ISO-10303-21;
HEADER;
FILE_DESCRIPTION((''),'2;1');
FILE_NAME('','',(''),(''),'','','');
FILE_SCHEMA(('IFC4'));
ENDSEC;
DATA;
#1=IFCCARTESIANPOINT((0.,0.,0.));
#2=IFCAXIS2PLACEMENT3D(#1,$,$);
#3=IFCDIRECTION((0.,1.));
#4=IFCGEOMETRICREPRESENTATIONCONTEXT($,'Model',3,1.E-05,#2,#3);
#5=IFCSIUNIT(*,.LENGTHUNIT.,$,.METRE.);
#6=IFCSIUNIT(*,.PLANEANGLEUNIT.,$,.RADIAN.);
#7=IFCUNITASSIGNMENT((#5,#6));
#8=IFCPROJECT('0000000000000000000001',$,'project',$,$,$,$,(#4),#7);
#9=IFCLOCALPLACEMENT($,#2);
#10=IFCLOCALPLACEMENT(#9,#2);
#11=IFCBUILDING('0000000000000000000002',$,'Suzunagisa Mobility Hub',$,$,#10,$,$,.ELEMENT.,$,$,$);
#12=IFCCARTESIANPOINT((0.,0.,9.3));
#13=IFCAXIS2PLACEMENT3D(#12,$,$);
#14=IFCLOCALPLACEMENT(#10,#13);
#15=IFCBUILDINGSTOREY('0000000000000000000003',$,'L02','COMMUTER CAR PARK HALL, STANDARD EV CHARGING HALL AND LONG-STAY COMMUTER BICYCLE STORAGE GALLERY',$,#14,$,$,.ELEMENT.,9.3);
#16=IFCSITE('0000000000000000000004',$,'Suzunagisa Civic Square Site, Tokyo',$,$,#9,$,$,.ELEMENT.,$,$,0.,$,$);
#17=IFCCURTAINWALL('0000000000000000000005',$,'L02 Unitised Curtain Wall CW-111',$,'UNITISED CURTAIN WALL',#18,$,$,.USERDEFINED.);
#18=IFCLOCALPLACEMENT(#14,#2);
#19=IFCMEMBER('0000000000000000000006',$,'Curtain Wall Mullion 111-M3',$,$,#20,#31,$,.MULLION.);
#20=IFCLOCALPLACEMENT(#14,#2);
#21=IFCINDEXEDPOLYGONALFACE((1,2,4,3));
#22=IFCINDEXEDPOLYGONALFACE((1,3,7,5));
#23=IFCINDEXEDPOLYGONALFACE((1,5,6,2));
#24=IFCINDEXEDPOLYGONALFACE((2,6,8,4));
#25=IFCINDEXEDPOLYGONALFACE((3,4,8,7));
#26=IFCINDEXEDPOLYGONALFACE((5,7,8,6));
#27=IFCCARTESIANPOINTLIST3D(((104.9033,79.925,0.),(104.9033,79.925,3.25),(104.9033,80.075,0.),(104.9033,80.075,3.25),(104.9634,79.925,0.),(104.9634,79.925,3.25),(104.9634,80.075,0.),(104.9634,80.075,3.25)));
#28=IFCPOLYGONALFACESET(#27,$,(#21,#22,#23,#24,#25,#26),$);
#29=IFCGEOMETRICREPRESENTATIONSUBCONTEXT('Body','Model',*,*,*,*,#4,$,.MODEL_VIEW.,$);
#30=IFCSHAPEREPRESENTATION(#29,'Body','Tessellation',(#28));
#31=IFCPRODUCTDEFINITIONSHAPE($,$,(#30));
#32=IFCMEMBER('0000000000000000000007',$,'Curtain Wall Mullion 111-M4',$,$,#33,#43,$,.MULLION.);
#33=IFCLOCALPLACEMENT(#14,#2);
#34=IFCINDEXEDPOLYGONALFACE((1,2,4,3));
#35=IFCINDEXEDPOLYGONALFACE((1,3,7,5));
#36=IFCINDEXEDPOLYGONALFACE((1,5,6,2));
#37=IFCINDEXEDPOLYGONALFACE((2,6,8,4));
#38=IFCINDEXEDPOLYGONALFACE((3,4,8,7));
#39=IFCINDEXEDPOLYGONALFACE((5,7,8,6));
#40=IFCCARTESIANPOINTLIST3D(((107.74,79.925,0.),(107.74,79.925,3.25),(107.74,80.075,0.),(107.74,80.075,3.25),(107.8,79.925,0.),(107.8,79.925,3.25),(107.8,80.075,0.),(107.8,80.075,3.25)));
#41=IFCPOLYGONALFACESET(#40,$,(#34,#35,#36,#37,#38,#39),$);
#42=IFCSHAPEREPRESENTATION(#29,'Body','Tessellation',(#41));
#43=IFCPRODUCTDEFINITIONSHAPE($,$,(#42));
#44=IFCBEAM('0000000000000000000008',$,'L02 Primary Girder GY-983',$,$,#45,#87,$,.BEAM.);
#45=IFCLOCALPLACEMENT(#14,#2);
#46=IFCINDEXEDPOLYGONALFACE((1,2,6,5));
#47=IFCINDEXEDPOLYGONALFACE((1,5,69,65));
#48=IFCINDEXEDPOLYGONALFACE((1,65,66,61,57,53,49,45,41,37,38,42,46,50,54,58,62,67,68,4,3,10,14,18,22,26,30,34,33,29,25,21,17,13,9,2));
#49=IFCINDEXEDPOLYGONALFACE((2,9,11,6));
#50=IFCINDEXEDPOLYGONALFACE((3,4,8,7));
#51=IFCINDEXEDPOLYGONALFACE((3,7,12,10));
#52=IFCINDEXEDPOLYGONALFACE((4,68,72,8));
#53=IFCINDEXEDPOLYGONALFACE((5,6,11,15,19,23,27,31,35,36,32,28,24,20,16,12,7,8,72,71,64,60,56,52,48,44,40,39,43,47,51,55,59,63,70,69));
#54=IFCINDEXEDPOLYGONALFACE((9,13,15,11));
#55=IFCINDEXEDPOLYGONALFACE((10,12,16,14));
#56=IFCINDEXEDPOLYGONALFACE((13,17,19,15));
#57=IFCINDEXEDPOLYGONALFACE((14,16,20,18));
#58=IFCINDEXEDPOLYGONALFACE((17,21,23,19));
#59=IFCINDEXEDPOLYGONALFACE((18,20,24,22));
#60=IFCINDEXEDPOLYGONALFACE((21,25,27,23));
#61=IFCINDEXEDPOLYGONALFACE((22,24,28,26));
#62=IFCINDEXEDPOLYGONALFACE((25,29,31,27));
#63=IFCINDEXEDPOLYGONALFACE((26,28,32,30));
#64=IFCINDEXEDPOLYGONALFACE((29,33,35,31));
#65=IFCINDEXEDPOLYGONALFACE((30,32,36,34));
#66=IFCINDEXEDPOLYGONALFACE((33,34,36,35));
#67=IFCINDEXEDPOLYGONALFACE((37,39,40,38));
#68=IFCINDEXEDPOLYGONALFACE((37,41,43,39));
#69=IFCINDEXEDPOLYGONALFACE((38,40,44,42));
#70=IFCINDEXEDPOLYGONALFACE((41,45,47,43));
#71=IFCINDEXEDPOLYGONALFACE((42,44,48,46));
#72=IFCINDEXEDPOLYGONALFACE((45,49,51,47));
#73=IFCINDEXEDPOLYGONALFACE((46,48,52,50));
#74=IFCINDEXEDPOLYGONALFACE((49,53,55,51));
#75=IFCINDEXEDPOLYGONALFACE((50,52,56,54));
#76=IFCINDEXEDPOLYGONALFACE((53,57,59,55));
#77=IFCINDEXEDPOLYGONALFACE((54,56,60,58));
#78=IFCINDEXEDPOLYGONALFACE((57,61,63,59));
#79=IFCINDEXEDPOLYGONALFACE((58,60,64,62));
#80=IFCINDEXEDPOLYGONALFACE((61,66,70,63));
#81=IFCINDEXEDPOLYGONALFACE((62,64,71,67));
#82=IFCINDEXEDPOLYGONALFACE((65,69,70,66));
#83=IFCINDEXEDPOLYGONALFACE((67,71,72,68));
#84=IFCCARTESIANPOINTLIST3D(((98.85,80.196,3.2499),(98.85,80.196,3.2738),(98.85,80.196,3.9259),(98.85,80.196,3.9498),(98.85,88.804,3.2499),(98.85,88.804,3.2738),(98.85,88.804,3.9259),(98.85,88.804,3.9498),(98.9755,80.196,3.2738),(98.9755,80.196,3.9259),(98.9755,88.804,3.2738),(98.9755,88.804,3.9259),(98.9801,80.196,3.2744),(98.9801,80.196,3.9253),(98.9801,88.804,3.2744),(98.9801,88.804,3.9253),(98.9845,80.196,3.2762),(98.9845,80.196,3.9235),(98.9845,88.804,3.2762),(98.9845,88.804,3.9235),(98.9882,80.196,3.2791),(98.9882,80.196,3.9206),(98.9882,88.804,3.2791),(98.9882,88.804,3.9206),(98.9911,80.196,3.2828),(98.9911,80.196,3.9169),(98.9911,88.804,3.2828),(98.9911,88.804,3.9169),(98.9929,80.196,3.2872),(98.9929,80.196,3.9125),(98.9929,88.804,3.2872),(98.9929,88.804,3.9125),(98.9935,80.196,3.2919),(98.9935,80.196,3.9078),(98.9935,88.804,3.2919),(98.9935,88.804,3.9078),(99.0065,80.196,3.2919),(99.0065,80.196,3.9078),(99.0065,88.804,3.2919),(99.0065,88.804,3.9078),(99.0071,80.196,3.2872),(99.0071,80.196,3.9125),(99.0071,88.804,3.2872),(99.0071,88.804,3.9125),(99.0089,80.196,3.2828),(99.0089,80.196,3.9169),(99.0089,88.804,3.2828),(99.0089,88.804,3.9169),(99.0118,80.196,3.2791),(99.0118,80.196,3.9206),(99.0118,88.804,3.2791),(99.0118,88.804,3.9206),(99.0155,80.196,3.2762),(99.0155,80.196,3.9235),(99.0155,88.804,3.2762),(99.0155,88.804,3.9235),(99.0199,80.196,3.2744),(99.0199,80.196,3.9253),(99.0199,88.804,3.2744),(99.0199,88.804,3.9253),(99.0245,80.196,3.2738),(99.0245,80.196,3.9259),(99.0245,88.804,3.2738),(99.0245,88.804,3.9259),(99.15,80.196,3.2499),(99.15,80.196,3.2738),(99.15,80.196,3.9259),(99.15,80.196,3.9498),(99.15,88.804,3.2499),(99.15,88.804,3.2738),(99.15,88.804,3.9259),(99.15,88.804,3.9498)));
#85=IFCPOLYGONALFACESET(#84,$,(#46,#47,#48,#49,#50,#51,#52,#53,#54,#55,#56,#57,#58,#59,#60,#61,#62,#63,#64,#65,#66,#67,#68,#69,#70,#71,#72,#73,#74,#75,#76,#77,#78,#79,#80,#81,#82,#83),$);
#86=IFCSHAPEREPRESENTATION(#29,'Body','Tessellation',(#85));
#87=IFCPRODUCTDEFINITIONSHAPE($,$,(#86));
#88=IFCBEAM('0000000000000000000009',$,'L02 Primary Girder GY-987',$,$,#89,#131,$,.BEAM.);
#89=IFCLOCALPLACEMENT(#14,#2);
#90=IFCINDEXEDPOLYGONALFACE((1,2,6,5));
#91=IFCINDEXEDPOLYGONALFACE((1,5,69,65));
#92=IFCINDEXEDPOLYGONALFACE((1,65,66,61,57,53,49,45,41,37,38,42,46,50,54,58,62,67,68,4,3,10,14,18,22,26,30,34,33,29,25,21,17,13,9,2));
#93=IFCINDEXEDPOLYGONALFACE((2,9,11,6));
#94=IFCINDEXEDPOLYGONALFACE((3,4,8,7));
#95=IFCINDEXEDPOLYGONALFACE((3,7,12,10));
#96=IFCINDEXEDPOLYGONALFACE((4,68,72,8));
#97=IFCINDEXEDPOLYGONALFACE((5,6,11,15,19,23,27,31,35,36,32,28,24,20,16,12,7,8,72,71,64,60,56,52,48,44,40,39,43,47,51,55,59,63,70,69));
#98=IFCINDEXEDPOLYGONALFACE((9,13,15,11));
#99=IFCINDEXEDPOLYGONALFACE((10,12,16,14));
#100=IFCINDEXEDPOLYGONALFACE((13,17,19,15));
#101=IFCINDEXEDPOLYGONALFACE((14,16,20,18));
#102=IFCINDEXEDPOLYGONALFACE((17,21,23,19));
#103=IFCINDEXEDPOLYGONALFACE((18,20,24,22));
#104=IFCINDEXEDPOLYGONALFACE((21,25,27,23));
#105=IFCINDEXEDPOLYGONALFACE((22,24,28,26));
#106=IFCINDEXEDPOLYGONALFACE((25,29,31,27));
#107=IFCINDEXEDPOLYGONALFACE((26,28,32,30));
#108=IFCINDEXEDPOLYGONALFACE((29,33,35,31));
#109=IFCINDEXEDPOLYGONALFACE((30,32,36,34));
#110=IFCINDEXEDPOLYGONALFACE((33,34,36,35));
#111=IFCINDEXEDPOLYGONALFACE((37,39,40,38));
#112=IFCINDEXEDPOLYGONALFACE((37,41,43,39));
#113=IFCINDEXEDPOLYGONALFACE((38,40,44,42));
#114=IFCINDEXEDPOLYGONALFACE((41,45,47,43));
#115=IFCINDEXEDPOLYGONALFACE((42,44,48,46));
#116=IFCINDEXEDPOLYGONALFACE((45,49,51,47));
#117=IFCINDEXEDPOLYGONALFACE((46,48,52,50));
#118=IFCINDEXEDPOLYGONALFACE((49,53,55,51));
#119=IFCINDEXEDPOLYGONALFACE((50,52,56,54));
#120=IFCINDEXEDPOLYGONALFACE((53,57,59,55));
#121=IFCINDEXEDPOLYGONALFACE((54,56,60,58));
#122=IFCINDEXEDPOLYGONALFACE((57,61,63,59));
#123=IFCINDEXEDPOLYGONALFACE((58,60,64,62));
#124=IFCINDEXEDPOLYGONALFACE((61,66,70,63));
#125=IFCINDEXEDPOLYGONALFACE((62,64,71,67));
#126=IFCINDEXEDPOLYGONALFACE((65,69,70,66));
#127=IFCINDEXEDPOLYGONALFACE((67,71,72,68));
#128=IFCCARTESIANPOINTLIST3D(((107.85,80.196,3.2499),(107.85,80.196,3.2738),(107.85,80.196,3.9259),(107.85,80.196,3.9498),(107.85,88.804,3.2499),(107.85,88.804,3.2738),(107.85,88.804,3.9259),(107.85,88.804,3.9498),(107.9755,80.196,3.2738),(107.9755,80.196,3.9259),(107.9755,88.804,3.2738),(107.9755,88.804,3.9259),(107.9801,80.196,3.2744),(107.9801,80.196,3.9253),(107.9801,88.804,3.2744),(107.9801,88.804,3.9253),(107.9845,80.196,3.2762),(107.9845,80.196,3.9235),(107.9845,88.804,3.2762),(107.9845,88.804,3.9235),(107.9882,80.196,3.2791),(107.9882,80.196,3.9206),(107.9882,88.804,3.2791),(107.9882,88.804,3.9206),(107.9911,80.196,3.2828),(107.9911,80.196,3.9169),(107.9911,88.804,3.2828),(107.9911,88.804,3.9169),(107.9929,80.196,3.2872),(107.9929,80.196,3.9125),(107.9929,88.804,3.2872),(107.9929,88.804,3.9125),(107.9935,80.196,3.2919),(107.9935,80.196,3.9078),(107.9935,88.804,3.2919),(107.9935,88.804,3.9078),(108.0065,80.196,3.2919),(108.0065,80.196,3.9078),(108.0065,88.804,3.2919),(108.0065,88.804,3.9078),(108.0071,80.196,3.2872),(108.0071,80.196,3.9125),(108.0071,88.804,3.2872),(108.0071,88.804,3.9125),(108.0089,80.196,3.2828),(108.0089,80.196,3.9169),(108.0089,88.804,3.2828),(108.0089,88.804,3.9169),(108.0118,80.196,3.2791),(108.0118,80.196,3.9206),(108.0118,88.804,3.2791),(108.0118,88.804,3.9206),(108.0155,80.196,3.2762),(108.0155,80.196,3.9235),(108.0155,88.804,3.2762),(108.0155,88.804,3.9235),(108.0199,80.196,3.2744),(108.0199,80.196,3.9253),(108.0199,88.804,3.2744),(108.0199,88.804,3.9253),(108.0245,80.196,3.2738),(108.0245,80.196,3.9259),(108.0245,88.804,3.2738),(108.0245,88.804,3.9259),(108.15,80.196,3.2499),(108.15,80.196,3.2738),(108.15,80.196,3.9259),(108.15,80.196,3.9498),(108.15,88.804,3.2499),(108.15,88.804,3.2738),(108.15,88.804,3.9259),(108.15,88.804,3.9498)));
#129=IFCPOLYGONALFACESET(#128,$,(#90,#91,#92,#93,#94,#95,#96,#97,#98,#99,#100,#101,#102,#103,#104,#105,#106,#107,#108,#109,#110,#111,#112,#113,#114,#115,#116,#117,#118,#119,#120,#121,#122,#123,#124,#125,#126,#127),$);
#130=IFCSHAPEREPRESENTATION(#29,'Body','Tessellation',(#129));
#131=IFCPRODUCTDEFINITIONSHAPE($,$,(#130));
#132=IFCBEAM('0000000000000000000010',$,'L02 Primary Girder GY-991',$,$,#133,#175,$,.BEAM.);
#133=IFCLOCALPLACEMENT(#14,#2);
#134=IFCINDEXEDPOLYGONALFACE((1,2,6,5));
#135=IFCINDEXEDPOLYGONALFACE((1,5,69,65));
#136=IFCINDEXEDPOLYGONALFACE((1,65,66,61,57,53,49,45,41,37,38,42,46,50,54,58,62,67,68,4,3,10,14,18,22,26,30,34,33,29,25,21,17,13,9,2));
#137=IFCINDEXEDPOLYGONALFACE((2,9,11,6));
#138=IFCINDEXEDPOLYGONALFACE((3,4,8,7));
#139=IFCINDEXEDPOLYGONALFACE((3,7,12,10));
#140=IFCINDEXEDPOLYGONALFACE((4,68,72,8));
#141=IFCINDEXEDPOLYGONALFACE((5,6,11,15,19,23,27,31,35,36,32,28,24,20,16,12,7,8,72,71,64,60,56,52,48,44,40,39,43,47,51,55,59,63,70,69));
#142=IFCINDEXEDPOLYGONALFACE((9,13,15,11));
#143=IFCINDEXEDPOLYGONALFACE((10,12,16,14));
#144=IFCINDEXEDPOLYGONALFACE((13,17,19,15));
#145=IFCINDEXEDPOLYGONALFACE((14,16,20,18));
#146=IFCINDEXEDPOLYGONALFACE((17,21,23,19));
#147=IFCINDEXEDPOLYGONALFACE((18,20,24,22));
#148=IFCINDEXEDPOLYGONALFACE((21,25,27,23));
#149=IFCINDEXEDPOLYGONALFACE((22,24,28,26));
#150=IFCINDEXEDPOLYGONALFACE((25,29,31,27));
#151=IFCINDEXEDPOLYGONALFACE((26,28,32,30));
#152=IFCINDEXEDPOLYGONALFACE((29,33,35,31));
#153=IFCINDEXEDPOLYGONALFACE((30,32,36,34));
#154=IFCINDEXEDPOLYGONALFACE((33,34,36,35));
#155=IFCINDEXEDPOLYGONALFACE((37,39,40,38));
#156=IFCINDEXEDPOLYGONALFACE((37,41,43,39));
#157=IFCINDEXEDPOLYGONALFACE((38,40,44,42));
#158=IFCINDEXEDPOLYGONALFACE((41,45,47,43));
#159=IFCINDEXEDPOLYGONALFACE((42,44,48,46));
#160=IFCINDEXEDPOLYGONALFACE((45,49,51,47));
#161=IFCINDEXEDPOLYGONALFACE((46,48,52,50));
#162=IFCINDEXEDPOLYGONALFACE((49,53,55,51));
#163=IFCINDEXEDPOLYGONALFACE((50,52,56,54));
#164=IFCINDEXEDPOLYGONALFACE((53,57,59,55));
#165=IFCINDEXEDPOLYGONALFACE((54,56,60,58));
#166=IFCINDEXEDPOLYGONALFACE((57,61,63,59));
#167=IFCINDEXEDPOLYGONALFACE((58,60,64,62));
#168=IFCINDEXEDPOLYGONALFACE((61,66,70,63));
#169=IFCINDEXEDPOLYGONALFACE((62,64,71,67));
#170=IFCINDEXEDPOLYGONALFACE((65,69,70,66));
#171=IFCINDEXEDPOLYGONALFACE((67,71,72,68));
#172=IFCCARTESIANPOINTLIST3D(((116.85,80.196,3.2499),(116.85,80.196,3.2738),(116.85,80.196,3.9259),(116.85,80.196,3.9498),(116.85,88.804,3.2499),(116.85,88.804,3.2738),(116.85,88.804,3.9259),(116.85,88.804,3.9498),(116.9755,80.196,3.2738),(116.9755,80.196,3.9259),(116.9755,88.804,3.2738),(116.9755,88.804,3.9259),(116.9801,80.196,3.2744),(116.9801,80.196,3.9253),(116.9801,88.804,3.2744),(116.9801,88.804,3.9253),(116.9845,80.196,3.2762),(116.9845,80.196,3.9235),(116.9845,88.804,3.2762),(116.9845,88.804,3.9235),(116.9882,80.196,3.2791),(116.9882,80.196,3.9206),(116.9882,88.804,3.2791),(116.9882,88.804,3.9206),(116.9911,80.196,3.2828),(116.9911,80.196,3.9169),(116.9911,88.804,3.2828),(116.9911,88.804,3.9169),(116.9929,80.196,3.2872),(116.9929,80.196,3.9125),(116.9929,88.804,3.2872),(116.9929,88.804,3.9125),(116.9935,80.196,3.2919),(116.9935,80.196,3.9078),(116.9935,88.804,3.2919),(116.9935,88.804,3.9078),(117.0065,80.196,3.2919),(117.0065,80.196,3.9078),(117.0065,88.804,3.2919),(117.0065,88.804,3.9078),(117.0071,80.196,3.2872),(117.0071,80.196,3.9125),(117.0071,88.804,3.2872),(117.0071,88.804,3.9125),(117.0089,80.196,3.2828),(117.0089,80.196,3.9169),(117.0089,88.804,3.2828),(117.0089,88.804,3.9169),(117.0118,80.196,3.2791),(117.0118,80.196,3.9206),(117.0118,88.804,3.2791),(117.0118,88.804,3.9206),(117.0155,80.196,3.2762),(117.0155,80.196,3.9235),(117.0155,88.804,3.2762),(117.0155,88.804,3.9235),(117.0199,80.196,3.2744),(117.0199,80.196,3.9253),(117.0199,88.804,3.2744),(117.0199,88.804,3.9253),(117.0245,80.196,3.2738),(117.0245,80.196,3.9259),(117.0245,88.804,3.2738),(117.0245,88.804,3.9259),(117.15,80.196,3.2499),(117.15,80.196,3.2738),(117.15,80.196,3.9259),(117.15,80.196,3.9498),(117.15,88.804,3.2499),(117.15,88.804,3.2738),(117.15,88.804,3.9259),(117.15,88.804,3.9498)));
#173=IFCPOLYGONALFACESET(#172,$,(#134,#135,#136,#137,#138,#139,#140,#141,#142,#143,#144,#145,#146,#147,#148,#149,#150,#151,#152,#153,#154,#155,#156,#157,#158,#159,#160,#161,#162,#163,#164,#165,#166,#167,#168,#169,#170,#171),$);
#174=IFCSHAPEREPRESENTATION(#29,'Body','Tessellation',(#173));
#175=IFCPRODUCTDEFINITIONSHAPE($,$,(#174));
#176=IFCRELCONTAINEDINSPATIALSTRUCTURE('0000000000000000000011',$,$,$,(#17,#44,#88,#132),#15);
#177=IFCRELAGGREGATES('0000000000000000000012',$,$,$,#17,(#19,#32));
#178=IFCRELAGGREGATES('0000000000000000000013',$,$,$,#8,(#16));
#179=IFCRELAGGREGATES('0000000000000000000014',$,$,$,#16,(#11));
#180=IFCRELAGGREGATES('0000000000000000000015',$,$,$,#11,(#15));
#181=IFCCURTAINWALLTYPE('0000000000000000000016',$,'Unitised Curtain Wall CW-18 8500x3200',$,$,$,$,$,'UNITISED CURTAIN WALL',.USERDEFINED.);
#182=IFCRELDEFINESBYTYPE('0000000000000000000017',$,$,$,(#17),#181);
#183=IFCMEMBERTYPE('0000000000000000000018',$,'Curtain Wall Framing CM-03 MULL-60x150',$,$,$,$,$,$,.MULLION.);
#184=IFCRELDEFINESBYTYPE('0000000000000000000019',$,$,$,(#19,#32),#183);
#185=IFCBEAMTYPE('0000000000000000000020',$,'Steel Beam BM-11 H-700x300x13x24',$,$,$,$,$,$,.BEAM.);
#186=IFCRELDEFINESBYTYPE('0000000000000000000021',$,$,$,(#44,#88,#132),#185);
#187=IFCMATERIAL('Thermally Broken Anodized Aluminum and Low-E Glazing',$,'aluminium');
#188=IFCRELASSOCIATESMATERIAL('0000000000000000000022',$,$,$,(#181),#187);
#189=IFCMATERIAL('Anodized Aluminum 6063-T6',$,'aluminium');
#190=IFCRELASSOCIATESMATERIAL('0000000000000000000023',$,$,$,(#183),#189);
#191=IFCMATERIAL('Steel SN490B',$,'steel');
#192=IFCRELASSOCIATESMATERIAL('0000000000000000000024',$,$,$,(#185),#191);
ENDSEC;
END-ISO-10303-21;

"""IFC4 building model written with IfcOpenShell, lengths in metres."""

from ifc_helpers import new_model, si_unit, direction, frame, origin, origin_2d, place, context, subcontext, project, spatial, rectangle, i_section, extrude, material, material_profile, profile_set, type_object, element, aggregate, save


model = new_model("IFC4")

# Units and contexts
model_context = context("Model", 3, precision=1e-05, world=origin(), true_north=direction((0.0, 1.0)))
body_context = subcontext(model_context, "Body", "Model", "MODEL_VIEW")
ifc_project = project(units=[si_unit("LENGTHUNIT", "METRE"), si_unit("PLANEANGLEUNIT", "RADIAN")], contexts=[model_context])

# Site, building, storey
site_placement = place(None, origin())
site = spatial("IfcSite", under=ifc_project, at=site_placement, Name="Suzunagisa Civic Square Site, Tokyo", CompositionType="ELEMENT", RefElevation=0.0)
building_placement = place(site_placement, origin())
building = spatial("IfcBuilding", under=site, at=building_placement, Name="Suzunagisa Mobility Hub", CompositionType="ELEMENT")
storey_placement = place(building_placement, frame((0.0, 0.0, 9.3)))
storey = spatial("IfcBuildingStorey", under=building, at=storey_placement, Name="L02", Description="COMMUTER CAR PARK HALL, STANDARD EV CHARGING HALL AND LONG-STAY COMMUTER BICYCLE STORAGE GALLERY", CompositionType="ELEMENT", Elevation=9.3)

# Shared definitions
ifc_material_1 = material(Name="Steel SN490B", Category="steel")

# Curtain wall, members
ifc_material_2 = material(Name="Thermally Broken Anodized Aluminum and Low-E Glazing", Category="aluminium")
curtain_wall_type = type_object("IfcCurtainWallType", Name="Unitised Curtain Wall CW-18 8500x3200", ElementType="UNITISED CURTAIN WALL", PredefinedType="USERDEFINED", material=ifc_material_2)
curtain_wall_placement = place(storey_placement, origin())
curtain_wall = element("IfcCurtainWall", 1, at=curtain_wall_placement, inside=storey, type_object=curtain_wall_type, Name="L02 Unitised Curtain Wall CW-111", ObjectType="UNITISED CURTAIN WALL", PredefinedType="USERDEFINED")
ifc_material_3 = material(Name="Anodized Aluminum 6063-T6", Category="aluminium")
ifc_material_profile_1 = material_profile(ifc_material_3, rectangle(XDim=0.0601, YDim=0.1499, at=origin_2d()), Name="MULL-60x150")
ifc_profile_set_1 = profile_set([ifc_material_profile_1], Name="Anodized Aluminum 6063-T6")
member_type_1 = type_object("IfcMemberType", Name="Curtain Wall Framing CM-03 MULL-60x150", PredefinedType="MULLION", material=ifc_profile_set_1)
member_1_placement = place(storey_placement, frame((104.9333, 80.0, 0.0), z_axis=(0.0, 0.0, 1.0), x_axis=(1.0, 0.0, 0.0)))
member_1 = element("IfcMember", 2, at=member_1_placement, type_object=member_type_1, Name="Curtain Wall Mullion 111-M3", PredefinedType="MULLION", context=body_context, shape_type="SweptSolid", body=[
    extrude(rectangle(XDim=0.0601, YDim=0.1499, at=origin_2d()), origin(), (0.0, 0.0, 1.0), 3.25),
])
member_2_placement = place(storey_placement, frame((107.77, 80.0, 0.0), z_axis=(0.0, 0.0, 1.0), x_axis=(1.0, 0.0, 0.0)))
member_2 = element("IfcMember", 3, at=member_2_placement, type_object=member_type_1, Name="Curtain Wall Mullion 111-M4", PredefinedType="MULLION", context=body_context, shape_type="SweptSolid", body=[
    extrude(rectangle(XDim=0.0601, YDim=0.1499, at=origin_2d()), origin(), (0.0, 0.0, 1.0), 3.25),
])

# Beams
ifc_material_profile_2 = material_profile(ifc_material_1, i_section(OverallWidth=0.3, OverallDepth=0.7, WebThickness=0.0129, FlangeThickness=0.0239, FilletRadius=0.0181, at=origin_2d()), Name="H-700x300x13x24")
ifc_profile_set_2 = profile_set([ifc_material_profile_2], Name="Steel SN490B")
beam_type_1 = type_object("IfcBeamType", Name="Steel Beam BM-11 H-700x300x13x24", PredefinedType="BEAM", material=ifc_profile_set_2)
for number, where, z_axis, x_axis, name in (
    (4, (99.0, 80.196, 3.5999), (0.0, 1.0, 0.0), (-1.0, 0.0, 0.0), "L02 Primary Girder GY-983"),
    (5, (108.0, 80.196, 3.5999), (0.0, 1.0, 0.0), (-1.0, 0.0, 0.0), "L02 Primary Girder GY-987"),
    (6, (117.0, 80.196, 3.5999), (0.0, 1.0, 0.0), (-1.0, 0.0, 0.0), "L02 Primary Girder GY-991"),
):
    element("IfcBeam", number, at=place(storey_placement, frame(where, z_axis=z_axis, x_axis=x_axis)), inside=storey, type_object=beam_type_1, Name=name, PredefinedType="BEAM", context=body_context, shape_type="SweptSolid", body=[
        extrude(i_section(OverallWidth=0.3, OverallDepth=0.7, WebThickness=0.0129, FlangeThickness=0.0239, FilletRadius=0.0181, at=origin_2d()), origin(), (0.0, 0.0, 1.0), 8.6079),
    ])

aggregate(curtain_wall, [member_1, member_2])

save(model, "model.ifc")
